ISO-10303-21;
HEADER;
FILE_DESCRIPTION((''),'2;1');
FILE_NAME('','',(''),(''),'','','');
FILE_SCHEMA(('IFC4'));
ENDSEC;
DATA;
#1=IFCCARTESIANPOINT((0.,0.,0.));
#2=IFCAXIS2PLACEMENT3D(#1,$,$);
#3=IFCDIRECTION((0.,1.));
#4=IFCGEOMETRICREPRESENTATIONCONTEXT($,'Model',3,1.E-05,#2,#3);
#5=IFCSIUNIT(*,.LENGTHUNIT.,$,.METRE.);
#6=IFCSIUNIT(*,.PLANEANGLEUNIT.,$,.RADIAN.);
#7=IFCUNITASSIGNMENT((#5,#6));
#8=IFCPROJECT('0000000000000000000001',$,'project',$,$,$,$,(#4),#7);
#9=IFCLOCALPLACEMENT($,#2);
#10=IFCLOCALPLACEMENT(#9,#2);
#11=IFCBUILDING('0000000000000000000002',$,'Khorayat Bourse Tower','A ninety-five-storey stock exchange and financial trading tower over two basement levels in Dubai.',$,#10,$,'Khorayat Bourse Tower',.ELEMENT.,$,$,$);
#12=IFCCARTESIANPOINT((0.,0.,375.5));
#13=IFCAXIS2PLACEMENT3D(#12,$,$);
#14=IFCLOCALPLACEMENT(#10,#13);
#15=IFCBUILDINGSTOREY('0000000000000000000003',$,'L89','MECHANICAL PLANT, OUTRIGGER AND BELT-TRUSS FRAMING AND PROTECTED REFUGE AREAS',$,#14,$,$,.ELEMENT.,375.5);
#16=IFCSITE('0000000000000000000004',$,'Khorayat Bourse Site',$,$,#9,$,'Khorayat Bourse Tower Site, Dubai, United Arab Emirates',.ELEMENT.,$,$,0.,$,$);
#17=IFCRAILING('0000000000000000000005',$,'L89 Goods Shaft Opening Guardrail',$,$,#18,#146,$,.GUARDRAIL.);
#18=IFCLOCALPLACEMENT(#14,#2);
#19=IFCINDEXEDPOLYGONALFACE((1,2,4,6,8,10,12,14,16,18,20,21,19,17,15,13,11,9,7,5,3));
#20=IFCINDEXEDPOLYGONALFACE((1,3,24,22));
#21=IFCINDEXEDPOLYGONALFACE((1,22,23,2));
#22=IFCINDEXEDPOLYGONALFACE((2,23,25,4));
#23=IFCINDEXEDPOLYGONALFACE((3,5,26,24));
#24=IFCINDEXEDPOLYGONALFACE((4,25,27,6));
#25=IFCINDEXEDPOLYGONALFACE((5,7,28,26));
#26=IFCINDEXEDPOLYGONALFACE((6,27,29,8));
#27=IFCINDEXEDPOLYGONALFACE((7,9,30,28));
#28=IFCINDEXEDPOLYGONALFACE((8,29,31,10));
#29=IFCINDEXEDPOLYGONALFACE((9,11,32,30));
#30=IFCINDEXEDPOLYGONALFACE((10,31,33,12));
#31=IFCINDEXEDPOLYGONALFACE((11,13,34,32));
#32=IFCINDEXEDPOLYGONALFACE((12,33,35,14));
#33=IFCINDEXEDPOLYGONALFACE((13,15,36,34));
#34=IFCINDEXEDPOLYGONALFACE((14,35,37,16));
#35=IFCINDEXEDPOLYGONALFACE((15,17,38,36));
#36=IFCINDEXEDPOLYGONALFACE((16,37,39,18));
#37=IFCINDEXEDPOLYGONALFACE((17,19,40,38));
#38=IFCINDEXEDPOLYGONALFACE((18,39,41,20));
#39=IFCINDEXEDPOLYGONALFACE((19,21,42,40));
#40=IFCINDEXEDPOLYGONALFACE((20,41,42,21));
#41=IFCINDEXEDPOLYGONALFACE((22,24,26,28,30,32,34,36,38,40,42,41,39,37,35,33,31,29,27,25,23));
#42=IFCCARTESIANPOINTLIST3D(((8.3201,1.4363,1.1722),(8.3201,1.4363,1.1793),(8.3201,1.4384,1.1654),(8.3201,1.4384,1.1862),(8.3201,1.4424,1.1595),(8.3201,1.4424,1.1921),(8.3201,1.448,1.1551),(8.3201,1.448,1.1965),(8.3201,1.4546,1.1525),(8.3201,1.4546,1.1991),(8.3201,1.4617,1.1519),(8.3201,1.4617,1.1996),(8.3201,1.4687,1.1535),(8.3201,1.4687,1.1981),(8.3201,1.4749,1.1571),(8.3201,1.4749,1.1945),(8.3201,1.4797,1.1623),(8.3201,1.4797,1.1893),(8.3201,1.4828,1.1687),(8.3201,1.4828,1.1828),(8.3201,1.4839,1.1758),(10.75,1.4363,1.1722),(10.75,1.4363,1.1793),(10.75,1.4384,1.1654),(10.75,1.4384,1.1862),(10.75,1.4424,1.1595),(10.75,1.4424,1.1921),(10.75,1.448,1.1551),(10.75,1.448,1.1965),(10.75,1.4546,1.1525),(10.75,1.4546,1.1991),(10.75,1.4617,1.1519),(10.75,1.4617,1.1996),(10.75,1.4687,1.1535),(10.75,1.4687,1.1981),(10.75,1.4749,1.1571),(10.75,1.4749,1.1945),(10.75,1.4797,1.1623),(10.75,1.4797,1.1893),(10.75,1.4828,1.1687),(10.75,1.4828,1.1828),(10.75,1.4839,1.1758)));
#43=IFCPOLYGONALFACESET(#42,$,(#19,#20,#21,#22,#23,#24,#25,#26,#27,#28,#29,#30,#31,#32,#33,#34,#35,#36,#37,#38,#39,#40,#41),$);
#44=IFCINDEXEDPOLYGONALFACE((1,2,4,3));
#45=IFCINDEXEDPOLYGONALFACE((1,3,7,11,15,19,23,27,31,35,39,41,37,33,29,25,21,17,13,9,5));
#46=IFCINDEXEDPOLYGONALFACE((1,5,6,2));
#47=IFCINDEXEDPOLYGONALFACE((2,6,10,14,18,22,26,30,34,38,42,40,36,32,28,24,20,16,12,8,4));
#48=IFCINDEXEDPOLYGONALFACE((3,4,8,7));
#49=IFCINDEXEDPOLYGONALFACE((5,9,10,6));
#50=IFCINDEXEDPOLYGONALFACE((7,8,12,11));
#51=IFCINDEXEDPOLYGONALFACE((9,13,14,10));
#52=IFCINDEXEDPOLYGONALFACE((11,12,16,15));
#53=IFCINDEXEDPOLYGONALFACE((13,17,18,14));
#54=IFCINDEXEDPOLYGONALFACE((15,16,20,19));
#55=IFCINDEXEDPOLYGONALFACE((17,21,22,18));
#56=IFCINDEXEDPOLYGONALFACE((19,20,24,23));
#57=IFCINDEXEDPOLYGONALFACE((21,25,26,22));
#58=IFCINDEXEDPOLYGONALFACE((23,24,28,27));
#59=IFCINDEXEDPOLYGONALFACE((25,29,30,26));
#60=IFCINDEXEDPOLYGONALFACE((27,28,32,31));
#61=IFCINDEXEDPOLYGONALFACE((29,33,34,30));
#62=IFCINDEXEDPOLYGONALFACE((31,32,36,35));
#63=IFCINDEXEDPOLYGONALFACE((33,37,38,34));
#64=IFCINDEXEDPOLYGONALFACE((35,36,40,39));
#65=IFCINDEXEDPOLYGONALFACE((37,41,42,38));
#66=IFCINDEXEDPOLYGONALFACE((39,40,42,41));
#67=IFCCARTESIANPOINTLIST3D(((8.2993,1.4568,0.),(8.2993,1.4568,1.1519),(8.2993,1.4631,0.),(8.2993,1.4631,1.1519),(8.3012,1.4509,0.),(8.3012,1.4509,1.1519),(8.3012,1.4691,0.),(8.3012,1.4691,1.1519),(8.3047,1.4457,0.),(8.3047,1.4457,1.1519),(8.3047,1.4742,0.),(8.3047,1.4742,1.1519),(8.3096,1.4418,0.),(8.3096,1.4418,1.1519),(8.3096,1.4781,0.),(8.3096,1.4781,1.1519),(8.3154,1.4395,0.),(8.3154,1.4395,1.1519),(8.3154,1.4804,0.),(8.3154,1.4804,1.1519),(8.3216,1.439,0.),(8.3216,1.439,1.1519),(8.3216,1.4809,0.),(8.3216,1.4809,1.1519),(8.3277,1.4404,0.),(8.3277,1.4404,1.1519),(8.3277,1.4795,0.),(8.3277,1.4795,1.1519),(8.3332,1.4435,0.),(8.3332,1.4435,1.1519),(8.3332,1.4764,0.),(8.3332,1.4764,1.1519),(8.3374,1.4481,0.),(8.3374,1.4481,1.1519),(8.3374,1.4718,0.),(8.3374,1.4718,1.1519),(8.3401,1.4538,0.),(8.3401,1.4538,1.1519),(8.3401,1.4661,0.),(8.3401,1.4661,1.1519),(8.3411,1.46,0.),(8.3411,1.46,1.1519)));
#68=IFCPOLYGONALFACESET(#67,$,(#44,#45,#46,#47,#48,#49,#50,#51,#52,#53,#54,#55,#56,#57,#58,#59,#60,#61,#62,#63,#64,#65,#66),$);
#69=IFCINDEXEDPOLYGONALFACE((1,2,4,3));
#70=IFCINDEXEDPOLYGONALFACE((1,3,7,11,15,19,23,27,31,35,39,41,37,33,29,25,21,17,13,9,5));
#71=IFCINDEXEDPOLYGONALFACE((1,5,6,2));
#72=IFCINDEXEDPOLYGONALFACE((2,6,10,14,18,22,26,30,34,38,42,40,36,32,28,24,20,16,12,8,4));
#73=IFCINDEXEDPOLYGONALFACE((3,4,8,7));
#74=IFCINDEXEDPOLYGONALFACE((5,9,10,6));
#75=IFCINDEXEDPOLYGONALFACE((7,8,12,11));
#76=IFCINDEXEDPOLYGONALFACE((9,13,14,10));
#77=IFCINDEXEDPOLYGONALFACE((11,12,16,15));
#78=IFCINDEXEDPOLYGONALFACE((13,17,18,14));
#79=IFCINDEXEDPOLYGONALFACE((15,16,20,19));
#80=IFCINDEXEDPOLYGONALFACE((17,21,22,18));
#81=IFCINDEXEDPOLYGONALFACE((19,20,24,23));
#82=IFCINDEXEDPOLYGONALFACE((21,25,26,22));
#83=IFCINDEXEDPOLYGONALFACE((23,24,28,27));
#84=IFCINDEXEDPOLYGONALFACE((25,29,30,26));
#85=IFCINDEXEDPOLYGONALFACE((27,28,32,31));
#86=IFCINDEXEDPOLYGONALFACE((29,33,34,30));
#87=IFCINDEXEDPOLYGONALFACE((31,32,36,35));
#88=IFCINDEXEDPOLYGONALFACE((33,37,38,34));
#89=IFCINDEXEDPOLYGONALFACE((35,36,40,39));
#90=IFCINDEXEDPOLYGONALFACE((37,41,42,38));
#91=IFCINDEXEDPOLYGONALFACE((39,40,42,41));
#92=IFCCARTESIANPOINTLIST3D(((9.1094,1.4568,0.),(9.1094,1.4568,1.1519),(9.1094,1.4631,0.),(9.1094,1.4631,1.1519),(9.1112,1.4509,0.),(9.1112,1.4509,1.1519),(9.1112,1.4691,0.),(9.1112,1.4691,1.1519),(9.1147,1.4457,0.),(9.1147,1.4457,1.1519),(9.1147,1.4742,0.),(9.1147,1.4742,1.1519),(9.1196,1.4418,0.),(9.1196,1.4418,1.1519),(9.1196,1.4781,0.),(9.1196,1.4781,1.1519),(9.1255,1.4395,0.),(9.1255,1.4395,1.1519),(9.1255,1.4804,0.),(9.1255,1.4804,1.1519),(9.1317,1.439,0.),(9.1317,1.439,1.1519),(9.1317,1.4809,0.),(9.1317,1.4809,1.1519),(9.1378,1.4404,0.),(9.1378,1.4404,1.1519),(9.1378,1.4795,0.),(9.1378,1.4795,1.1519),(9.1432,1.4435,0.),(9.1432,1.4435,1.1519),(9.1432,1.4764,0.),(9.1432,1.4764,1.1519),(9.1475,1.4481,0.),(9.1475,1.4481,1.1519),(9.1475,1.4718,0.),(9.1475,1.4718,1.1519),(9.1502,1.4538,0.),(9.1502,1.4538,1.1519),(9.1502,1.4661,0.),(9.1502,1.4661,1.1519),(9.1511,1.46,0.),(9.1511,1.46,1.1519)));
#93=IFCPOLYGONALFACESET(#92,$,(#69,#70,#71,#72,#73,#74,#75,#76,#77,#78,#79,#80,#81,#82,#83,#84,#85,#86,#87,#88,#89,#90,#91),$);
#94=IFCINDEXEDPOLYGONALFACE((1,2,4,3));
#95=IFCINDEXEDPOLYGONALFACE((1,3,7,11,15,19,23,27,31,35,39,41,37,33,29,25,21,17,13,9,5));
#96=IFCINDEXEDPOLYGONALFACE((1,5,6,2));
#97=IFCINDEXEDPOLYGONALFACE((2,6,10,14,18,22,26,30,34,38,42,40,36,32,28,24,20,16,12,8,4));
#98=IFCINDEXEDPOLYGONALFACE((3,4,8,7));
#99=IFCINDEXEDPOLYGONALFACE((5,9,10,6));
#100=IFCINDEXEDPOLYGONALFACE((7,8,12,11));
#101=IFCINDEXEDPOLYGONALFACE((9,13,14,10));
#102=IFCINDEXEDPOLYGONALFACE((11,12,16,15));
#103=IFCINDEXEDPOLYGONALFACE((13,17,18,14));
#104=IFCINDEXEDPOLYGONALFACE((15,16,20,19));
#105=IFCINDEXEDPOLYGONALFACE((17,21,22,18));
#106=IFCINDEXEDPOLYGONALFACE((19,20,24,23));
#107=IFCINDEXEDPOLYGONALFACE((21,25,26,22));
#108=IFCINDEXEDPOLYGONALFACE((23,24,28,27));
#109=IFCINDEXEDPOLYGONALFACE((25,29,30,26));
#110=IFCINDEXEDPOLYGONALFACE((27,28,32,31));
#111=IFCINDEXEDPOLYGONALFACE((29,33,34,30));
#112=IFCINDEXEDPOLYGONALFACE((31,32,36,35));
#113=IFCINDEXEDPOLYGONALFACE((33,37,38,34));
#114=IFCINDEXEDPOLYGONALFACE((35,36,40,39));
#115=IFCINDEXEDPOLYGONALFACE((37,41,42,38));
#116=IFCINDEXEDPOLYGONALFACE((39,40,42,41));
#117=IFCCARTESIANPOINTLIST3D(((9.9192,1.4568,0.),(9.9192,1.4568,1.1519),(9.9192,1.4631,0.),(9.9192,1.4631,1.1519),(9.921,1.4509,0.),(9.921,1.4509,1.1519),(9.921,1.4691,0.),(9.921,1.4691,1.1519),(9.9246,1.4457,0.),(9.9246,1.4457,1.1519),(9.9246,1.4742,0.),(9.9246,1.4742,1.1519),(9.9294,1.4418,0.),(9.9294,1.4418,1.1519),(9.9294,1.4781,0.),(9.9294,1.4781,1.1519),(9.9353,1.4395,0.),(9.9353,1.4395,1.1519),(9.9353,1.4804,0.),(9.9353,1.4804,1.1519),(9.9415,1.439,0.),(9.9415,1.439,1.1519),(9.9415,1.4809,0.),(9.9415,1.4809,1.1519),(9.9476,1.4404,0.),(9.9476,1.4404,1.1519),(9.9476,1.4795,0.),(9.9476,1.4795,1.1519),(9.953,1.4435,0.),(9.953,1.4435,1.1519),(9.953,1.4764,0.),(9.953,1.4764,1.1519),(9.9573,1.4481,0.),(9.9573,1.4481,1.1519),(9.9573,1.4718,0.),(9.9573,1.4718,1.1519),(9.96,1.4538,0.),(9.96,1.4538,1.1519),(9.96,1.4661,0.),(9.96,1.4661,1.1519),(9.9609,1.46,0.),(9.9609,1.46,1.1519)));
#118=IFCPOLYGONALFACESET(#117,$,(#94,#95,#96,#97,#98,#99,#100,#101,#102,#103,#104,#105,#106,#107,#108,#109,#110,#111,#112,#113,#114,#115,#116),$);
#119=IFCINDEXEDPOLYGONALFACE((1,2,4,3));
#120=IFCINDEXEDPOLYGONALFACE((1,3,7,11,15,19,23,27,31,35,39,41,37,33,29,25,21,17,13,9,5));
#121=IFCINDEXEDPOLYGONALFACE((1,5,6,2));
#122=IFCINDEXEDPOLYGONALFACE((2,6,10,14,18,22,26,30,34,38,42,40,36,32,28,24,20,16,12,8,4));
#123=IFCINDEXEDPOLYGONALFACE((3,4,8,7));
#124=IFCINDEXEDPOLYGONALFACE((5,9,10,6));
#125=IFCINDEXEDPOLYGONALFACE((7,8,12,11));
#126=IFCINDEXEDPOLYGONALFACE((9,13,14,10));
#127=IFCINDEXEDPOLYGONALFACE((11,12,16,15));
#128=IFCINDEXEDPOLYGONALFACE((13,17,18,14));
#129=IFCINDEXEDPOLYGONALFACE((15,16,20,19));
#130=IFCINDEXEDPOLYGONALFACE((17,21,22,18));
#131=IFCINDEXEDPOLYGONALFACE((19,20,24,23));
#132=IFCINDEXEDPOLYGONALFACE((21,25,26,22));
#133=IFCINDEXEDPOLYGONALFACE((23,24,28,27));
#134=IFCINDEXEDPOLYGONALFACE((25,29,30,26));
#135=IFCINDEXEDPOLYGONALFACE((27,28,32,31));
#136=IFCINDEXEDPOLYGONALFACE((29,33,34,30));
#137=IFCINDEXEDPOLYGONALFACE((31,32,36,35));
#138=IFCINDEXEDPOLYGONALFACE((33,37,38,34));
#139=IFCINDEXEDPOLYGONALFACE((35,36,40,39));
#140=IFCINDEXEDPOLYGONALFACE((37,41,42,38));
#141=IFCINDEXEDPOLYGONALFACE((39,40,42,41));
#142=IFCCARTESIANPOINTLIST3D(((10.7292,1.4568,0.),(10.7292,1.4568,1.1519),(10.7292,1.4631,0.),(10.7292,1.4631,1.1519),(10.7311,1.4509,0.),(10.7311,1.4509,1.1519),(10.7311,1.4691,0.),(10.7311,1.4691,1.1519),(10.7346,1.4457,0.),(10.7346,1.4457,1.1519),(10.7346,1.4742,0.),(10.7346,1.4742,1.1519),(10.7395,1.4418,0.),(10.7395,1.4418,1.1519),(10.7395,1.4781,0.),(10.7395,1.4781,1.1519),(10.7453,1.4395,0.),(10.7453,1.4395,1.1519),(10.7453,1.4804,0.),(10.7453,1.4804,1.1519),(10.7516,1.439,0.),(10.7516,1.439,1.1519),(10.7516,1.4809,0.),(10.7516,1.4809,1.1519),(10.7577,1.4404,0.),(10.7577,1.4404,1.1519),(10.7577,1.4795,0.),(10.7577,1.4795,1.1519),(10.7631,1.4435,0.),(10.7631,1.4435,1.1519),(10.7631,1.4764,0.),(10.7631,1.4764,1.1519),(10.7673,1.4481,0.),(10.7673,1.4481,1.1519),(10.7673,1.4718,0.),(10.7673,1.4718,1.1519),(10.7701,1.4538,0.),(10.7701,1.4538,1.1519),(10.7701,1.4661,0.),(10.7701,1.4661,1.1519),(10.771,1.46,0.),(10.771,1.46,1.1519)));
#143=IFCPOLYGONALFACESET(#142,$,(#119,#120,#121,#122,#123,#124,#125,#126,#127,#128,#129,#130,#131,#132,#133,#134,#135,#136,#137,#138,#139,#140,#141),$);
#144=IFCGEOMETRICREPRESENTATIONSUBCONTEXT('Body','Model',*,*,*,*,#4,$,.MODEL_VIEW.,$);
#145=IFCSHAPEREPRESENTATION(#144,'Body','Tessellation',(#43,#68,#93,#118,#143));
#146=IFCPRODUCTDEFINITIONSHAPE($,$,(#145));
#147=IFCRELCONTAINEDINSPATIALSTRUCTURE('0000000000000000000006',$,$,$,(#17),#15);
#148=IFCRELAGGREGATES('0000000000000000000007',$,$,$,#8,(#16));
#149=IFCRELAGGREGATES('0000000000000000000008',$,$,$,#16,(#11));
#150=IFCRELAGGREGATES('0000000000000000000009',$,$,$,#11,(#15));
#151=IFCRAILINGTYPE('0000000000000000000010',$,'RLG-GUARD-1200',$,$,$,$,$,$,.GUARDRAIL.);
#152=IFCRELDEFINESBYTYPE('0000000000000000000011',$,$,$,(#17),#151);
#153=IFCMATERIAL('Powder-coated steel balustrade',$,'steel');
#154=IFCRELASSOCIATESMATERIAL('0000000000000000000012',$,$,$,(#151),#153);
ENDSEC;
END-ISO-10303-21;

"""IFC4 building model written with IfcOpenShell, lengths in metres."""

from ifc_helpers import new_model, si_unit, direction, frame, origin, origin_2d, place, context, subcontext, project, spatial, circle, extrude, source, transform, mapped, material, type_object, element, save


model = new_model("IFC4")

# Units and contexts
model_context = context("Model", 3, precision=1e-05, world=origin(), true_north=direction((0.0, 1.0)))
body_context = subcontext(model_context, "Body", "Model", "MODEL_VIEW")
ifc_project = project(units=[si_unit("LENGTHUNIT", "METRE"), si_unit("PLANEANGLEUNIT", "RADIAN")], contexts=[model_context])

# Site, building, storey
site_placement = place(None, origin())
site = spatial("IfcSite", under=ifc_project, at=site_placement, Name="Khorayat Bourse Site", LongName="Khorayat Bourse Tower Site, Dubai, United Arab Emirates", CompositionType="ELEMENT", RefElevation=0.0)
building_placement = place(site_placement, origin())
building = spatial("IfcBuilding", under=site, at=building_placement, Name="Khorayat Bourse Tower", Description="A ninety-five-storey stock exchange and financial trading tower over two basement levels in Dubai.", LongName="Khorayat Bourse Tower", CompositionType="ELEMENT")
storey_placement = place(building_placement, frame((0.0, 0.0, 375.5)))
storey = spatial("IfcBuildingStorey", under=building, at=storey_placement, Name="L89", Description="MECHANICAL PLANT, OUTRIGGER AND BELT-TRUSS FRAMING AND PROTECTED REFUGE AREAS", CompositionType="ELEMENT", Elevation=375.5)

# Railing
ifc_material_1 = material(Name="Powder-coated steel balustrade", Category="steel")
railing_type = type_object("IfcRailingType", Name="RLG-GUARD-1200", PredefinedType="GUARDRAIL", material=ifc_material_1)
shared_shape_1 = source(origin(), body_context, "Body", "SweptSolid", [
    extrude(circle(Radius=0.0239, at=origin_2d()), frame((0.0, 0.0, 1.1758), z_axis=(1.0, 0.0, 0.0), x_axis=(0.0, 1.0, 0.0)), (0.0, 0.0, 1.0), 2.4299),
    extrude(circle(Radius=0.021, at=origin_2d()), origin(), (0.0, 0.0, 1.0), 1.1519),
    extrude(circle(Radius=0.021, at=origin_2d()), frame((0.8101, 0.0, 0.0)), (0.0, 0.0, 1.0), 1.1519),
    extrude(circle(Radius=0.021, at=origin_2d()), frame((1.6199, 0.0, 0.0)), (0.0, 0.0, 1.0), 1.1519),
    extrude(circle(Radius=0.021, at=origin_2d()), frame((2.4299, 0.0, 0.0)), (0.0, 0.0, 1.0), 1.1519),
])
railing_placement = place(storey_placement, frame((8.3201, 1.46, 0.0)))
element("IfcRailing", 1, at=railing_placement, inside=storey, type_object=railing_type, Name="L89 Goods Shaft Opening Guardrail", PredefinedType="GUARDRAIL", context=body_context, shape_type="MappedRepresentation", body=[
    mapped(shared_shape_1, transform((0.0, 0.0, 0.0), scale=1.0)),
])

save(model, "model.ifc")
